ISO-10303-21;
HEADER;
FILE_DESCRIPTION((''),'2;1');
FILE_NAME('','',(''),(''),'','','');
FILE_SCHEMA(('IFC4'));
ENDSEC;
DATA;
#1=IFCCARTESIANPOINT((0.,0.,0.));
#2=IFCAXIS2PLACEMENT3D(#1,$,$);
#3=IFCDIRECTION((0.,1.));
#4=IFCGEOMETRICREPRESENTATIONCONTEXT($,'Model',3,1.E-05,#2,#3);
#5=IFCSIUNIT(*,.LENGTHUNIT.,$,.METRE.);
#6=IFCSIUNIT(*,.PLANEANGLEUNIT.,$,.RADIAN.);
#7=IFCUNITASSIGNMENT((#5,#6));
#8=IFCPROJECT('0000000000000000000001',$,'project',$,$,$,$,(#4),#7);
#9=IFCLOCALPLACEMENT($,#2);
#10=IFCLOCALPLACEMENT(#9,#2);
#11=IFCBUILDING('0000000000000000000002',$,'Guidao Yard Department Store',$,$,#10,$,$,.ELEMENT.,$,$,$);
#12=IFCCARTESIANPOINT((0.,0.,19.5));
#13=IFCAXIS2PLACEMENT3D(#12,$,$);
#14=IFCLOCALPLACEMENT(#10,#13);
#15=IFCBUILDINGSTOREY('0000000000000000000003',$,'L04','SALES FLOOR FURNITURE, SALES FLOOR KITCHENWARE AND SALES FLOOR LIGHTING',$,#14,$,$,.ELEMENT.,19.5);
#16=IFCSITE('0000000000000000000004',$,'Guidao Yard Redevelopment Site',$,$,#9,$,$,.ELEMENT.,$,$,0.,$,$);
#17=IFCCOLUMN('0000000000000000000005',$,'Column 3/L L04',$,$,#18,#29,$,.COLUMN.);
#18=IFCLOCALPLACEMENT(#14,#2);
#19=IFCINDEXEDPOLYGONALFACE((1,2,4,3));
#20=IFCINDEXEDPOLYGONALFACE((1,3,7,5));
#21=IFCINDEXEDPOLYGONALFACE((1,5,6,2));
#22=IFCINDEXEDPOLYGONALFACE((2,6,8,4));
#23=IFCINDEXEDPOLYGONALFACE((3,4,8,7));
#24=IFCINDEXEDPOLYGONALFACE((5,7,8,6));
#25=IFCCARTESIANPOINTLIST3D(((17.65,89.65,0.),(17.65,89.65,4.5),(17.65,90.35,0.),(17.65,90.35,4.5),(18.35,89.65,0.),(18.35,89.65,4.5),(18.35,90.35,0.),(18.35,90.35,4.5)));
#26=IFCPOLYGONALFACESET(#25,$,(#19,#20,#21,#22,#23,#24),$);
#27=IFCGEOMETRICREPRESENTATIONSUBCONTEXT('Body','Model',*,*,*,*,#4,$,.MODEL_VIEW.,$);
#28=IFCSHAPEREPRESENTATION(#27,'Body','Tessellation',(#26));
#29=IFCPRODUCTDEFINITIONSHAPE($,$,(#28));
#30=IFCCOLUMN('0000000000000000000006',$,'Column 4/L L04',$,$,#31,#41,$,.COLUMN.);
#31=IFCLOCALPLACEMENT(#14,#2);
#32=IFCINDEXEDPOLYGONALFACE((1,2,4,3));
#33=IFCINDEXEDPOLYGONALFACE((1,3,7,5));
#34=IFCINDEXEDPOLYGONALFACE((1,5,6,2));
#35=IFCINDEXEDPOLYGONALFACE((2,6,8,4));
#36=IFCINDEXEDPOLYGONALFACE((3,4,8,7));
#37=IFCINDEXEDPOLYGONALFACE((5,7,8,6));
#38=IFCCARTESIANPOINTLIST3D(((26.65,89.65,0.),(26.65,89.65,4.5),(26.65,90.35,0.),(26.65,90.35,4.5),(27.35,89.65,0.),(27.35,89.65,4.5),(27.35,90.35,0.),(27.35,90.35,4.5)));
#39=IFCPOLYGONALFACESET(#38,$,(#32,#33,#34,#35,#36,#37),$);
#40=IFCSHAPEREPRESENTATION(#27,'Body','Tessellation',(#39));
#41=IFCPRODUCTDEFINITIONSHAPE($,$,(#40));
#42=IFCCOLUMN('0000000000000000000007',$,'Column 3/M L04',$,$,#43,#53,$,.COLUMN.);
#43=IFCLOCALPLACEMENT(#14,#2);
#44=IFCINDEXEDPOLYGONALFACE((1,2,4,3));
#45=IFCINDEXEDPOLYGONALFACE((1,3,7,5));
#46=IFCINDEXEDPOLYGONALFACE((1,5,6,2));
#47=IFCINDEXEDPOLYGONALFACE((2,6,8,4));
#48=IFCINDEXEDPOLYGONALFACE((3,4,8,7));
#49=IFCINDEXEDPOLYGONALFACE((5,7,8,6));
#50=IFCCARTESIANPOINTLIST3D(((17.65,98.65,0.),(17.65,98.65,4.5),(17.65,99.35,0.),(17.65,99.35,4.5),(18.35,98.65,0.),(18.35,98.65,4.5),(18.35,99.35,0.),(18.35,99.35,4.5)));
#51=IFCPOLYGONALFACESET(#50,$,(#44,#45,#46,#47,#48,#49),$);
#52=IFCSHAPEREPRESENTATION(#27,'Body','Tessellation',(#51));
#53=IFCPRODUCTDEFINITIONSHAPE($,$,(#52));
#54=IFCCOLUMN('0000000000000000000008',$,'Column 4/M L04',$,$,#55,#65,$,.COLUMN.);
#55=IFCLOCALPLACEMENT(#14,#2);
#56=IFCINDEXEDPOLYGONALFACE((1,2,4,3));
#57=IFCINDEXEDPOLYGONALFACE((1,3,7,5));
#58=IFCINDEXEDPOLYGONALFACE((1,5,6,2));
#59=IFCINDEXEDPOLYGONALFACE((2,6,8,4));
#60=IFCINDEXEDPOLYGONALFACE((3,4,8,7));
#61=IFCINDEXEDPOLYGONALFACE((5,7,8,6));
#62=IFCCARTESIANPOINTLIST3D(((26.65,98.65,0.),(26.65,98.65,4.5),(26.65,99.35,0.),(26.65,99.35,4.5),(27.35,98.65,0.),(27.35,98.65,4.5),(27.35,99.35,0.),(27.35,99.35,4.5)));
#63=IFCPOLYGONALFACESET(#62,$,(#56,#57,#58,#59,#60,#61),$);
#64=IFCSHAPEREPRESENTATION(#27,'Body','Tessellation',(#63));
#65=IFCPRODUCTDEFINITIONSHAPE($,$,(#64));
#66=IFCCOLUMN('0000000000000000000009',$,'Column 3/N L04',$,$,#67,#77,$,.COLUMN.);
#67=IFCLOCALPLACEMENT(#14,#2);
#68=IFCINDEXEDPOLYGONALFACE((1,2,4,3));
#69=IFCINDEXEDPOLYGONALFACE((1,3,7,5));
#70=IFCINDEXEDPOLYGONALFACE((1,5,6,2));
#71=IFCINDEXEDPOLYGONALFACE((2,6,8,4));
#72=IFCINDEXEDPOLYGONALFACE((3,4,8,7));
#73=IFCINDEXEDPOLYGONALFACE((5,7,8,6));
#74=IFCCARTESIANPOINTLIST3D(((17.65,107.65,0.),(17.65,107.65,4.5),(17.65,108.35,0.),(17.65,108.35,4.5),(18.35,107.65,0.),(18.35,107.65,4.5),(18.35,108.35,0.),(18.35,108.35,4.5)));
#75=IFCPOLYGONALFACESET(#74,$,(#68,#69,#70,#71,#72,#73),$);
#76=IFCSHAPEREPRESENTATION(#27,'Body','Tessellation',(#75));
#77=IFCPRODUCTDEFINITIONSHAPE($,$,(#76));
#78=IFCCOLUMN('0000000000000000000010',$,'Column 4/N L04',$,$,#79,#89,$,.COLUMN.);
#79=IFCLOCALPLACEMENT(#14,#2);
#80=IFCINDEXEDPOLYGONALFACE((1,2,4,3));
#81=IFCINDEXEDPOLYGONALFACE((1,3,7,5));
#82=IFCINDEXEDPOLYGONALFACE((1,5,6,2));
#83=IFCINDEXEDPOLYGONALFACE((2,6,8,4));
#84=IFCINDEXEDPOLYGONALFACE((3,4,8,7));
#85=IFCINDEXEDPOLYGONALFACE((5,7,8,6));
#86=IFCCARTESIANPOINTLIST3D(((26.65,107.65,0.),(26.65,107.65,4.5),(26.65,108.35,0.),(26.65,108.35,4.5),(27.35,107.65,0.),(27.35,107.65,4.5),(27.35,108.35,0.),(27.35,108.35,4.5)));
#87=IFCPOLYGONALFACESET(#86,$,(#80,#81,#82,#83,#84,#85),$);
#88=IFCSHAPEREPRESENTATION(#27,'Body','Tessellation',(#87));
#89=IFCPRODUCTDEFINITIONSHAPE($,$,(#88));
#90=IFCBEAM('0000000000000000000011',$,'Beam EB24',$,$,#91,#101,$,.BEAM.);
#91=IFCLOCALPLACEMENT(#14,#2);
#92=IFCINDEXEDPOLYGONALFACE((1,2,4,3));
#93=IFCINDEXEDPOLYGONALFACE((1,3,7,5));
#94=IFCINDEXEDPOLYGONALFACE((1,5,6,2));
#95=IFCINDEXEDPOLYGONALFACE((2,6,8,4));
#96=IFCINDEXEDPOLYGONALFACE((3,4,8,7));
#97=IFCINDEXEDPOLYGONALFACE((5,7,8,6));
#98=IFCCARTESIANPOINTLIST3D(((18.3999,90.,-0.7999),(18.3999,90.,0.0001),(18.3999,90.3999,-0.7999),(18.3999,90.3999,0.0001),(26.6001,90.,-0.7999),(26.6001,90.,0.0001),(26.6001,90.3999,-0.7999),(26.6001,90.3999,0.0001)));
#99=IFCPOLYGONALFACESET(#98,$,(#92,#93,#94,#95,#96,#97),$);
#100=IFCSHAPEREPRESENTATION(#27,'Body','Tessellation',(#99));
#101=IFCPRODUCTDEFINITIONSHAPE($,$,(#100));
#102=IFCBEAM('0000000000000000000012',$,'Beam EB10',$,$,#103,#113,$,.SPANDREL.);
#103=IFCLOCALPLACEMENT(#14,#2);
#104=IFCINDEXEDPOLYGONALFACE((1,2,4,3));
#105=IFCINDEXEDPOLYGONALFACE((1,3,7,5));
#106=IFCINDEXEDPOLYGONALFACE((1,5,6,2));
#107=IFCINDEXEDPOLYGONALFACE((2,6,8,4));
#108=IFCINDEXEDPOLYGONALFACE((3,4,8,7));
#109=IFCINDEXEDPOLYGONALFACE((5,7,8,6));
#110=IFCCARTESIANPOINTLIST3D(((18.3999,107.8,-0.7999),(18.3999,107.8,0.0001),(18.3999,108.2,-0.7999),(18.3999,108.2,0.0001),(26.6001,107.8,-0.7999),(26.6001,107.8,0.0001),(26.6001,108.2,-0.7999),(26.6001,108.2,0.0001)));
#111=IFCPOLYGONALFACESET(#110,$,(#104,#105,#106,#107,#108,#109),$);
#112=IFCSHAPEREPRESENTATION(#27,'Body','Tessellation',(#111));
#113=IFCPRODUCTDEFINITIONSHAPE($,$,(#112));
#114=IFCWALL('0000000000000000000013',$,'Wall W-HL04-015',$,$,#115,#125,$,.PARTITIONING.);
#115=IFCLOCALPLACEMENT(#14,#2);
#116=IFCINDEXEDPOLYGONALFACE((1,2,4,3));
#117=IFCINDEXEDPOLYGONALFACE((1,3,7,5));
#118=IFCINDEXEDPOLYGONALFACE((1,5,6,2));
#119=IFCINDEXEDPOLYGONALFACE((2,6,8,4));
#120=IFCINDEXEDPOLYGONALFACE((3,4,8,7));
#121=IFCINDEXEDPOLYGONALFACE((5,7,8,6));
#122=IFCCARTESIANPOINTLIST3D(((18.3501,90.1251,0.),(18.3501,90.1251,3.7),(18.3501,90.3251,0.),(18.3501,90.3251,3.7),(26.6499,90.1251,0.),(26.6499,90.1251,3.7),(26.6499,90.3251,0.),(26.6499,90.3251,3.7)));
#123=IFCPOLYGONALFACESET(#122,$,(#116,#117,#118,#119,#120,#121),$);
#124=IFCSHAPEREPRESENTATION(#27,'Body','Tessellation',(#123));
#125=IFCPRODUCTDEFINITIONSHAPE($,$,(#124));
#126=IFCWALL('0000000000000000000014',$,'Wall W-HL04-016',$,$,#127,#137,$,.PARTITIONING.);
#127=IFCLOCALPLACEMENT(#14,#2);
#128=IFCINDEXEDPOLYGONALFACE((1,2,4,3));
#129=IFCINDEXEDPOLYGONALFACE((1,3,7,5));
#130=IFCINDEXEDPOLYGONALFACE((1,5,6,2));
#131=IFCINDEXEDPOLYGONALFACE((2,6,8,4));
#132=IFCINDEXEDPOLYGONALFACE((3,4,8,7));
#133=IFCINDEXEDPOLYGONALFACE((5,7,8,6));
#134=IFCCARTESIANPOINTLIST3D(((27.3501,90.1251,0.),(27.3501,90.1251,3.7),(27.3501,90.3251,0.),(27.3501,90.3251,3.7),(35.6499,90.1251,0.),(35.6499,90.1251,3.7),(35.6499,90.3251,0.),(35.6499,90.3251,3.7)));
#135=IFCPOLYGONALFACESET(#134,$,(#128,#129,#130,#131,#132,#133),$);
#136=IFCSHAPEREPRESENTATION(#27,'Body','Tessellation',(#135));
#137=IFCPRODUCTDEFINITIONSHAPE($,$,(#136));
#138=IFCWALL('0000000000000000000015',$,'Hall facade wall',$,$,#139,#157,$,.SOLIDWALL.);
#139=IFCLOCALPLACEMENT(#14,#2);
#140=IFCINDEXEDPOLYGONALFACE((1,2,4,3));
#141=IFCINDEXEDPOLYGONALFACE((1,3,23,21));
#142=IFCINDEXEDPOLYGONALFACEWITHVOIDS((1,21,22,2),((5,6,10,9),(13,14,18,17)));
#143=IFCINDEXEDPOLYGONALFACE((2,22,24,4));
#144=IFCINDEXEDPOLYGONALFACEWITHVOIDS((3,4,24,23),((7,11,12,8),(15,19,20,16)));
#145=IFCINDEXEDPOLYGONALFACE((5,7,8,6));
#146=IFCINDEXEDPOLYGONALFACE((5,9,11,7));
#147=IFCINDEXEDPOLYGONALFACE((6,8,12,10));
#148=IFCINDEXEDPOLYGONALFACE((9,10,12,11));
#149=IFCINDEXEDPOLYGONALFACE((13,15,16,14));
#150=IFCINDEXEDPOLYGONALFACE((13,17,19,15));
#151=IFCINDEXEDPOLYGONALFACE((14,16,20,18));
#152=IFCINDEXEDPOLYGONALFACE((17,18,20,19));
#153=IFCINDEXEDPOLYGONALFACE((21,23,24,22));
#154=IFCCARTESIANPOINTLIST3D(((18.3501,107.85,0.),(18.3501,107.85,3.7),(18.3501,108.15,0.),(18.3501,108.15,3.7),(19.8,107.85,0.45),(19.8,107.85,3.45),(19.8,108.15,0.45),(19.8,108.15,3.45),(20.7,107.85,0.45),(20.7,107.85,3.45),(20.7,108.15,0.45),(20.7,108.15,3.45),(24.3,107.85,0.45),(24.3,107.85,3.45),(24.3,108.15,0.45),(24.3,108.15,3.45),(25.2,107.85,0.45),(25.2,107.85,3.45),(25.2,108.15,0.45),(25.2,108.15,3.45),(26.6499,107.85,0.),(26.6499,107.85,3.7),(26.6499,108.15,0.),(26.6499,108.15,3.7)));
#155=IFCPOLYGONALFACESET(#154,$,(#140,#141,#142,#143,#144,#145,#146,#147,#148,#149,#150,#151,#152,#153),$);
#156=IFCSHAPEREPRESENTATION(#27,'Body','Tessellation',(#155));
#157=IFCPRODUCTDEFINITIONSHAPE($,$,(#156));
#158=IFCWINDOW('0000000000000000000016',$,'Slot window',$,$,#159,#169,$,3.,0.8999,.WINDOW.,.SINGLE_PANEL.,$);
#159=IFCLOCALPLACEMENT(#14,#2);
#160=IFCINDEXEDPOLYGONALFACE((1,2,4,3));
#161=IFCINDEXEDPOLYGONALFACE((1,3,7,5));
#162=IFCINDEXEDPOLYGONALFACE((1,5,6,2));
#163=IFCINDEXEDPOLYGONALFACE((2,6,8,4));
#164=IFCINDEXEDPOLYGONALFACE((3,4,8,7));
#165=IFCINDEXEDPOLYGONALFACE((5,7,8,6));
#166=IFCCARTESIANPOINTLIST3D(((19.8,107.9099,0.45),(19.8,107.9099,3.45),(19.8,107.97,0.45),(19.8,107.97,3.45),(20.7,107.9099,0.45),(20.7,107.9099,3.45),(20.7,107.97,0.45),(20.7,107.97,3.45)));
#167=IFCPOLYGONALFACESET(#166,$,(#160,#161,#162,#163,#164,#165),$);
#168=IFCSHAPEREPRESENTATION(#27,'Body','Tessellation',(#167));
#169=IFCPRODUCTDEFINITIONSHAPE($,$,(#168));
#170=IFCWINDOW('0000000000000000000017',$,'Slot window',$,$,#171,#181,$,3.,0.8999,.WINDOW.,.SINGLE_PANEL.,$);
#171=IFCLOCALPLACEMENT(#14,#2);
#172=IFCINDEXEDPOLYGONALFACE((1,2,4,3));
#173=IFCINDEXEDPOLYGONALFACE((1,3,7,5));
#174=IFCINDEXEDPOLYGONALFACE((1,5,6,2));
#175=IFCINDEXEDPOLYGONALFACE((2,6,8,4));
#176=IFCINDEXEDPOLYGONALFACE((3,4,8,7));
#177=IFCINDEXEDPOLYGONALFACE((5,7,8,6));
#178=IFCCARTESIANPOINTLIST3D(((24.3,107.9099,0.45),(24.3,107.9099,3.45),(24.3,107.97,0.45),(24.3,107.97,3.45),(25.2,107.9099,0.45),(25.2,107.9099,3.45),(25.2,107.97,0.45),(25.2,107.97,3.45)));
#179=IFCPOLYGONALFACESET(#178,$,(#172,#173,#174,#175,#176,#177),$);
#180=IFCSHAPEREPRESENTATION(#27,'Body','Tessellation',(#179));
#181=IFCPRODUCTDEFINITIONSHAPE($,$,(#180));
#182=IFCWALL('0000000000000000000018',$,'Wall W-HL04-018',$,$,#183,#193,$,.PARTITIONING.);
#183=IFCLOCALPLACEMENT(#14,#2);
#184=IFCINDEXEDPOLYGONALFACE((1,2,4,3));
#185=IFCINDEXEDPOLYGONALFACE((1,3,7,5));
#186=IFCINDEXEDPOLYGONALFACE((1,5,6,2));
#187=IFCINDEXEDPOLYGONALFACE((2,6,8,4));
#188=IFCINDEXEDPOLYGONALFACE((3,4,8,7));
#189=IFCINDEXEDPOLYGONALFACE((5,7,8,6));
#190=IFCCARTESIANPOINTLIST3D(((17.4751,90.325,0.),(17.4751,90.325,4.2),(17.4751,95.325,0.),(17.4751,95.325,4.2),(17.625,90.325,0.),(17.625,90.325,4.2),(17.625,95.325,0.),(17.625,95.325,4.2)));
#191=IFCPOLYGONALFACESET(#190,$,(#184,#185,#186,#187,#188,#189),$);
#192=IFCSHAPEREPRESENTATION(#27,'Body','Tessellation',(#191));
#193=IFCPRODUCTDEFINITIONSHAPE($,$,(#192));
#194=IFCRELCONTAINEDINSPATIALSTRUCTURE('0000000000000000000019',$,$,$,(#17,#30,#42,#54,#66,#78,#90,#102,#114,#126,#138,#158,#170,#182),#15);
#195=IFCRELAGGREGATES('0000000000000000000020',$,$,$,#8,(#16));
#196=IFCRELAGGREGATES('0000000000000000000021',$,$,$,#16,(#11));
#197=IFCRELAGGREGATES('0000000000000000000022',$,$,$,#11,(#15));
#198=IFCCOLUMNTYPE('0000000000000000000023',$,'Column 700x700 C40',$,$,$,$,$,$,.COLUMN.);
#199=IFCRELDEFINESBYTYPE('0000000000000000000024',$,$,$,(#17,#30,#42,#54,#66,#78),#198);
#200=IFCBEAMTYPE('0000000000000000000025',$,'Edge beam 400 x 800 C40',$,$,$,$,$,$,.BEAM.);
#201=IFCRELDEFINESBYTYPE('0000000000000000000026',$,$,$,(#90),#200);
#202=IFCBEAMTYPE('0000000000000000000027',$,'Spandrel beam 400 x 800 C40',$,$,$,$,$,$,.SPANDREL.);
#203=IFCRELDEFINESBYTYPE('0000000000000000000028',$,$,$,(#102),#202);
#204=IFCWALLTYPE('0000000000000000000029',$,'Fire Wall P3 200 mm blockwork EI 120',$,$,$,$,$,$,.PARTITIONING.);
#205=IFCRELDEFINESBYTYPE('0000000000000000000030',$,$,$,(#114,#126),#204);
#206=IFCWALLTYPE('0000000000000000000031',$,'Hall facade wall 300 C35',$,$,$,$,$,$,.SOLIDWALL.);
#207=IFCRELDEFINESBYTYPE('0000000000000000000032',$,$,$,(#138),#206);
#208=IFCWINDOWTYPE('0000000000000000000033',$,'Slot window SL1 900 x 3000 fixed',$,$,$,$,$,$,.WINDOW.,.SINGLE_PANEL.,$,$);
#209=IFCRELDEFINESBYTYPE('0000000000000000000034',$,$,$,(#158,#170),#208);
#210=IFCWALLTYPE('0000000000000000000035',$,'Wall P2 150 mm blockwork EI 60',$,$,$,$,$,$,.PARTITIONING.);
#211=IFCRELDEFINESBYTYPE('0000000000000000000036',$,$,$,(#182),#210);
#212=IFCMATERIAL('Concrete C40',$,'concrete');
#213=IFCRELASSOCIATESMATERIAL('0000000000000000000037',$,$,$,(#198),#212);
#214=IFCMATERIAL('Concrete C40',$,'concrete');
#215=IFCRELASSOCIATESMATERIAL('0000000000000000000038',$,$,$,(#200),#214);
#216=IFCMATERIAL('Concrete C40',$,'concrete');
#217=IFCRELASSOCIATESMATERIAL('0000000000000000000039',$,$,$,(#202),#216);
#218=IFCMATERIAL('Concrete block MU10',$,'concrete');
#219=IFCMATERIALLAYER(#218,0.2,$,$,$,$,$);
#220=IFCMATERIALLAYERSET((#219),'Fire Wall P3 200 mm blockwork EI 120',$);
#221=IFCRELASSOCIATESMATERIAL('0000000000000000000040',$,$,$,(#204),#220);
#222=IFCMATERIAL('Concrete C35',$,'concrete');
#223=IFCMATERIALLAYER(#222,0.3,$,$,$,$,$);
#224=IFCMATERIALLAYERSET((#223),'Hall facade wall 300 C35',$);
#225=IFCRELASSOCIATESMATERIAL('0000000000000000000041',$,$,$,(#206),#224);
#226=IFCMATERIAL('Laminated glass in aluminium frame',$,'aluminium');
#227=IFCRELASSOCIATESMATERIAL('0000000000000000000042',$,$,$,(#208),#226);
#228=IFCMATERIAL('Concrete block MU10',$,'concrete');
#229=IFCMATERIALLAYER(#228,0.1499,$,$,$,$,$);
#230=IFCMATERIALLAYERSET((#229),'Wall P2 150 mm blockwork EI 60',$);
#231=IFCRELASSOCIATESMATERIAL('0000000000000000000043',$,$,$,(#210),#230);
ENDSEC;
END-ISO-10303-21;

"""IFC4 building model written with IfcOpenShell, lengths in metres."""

from ifc_helpers import new_model, si_unit, direction, frame, frame_2d, origin, origin_2d, place, context, subcontext, project, spatial, rectangle, extrude, material, layer, layer_set, material_profile, profile_set, type_object, element, fill, save


model = new_model("IFC4")

# Units and contexts
model_context = context("Model", 3, precision=1e-05, world=origin(), true_north=direction((0.0, 1.0)))
body_context = subcontext(model_context, "Body", "Model", "MODEL_VIEW")
ifc_project = project(units=[si_unit("LENGTHUNIT", "METRE"), si_unit("PLANEANGLEUNIT", "RADIAN")], contexts=[model_context])

# Site, building, storey
site_placement = place(None, origin())
site = spatial("IfcSite", under=ifc_project, at=site_placement, Name="Guidao Yard Redevelopment Site", CompositionType="ELEMENT", RefElevation=0.0)
building_placement = place(site_placement, origin())
building = spatial("IfcBuilding", under=site, at=building_placement, Name="Guidao Yard Department Store", CompositionType="ELEMENT")
storey_placement = place(building_placement, frame((0.0, 0.0, 19.5)))
storey = spatial("IfcBuildingStorey", under=building, at=storey_placement, Name="L04", Description="SALES FLOOR FURNITURE, SALES FLOOR KITCHENWARE AND SALES FLOOR LIGHTING", CompositionType="ELEMENT", Elevation=19.5)

# Columns
ifc_material_1 = material(Name="Concrete C40", Category="concrete")
ifc_material_profile_1 = material_profile(ifc_material_1, rectangle(XDim=0.7, YDim=0.7, at=origin_2d()), Name="COL 700x700")
ifc_profile_set_1 = profile_set([ifc_material_profile_1], Name="Concrete C40")
column_type = type_object("IfcColumnType", Name="Column 700x700 C40", PredefinedType="COLUMN", material=ifc_profile_set_1)
for number, where, z_axis, x_axis, name in (
    (1, (18.0, 90.0, 0.0), (0.0, 0.0, 1.0), (1.0, 0.0, 0.0), "Column 3/L L04"),
    (2, (27.0, 90.0, 0.0), (0.0, 0.0, 1.0), (1.0, 0.0, 0.0), "Column 4/L L04"),
    (3, (18.0, 99.0, 0.0), (0.0, 0.0, 1.0), (1.0, 0.0, 0.0), "Column 3/M L04"),
    (4, (27.0, 99.0, 0.0), (0.0, 0.0, 1.0), (1.0, 0.0, 0.0), "Column 4/M L04"),
    (5, (18.0, 108.0, 0.0), (0.0, 0.0, 1.0), (1.0, 0.0, 0.0), "Column 3/N L04"),
    (6, (27.0, 108.0, 0.0), (0.0, 0.0, 1.0), (1.0, 0.0, 0.0), "Column 4/N L04"),
):
    element("IfcColumn", number, at=place(storey_placement, frame(where, z_axis=z_axis, x_axis=x_axis)), inside=storey, type_object=column_type, Name=name, PredefinedType="COLUMN", context=body_context, shape_type="SweptSolid", body=[
        extrude(rectangle(XDim=0.7, YDim=0.7, at=origin_2d()), origin(), (0.0, 0.0, 1.0), 4.5),
    ])

# Beams
ifc_material_2 = material(Name="Concrete C40", Category="concrete")
ifc_material_profile_2 = material_profile(ifc_material_2, rectangle(XDim=0.3999, YDim=0.8, at=origin_2d()), Name="Edge beam 400 x 800 C40")
ifc_profile_set_2 = profile_set([ifc_material_profile_2], Name="Concrete C40")
beam_type_1 = type_object("IfcBeamType", Name="Edge beam 400 x 800 C40", PredefinedType="BEAM", material=ifc_profile_set_2)
beam_1_placement = place(storey_placement, frame((18.3999, 90.2, -0.3999), z_axis=(1.0, 0.0, 0.0), x_axis=(0.0, 1.0, 0.0)))
element("IfcBeam", 7, at=beam_1_placement, inside=storey, type_object=beam_type_1, Name="Beam EB24", PredefinedType="BEAM", context=body_context, shape_type="SweptSolid", body=[
    extrude(rectangle(XDim=0.3999, YDim=0.8, at=origin_2d()), origin(), (0.0, 0.0, 1.0), 8.2002),
])
ifc_material_3 = material(Name="Concrete C40", Category="concrete")
ifc_material_profile_3 = material_profile(ifc_material_3, rectangle(XDim=0.3999, YDim=0.8, at=origin_2d()), Name="Spandrel beam 400 x 800 C40")
ifc_profile_set_3 = profile_set([ifc_material_profile_3], Name="Concrete C40")
beam_type_2 = type_object("IfcBeamType", Name="Spandrel beam 400 x 800 C40", PredefinedType="SPANDREL", material=ifc_profile_set_3)
beam_2_placement = place(storey_placement, frame((18.3999, 108.0, -0.3999), z_axis=(1.0, 0.0, 0.0), x_axis=(0.0, 1.0, 0.0)))
element("IfcBeam", 8, at=beam_2_placement, inside=storey, type_object=beam_type_2, Name="Beam EB10", PredefinedType="SPANDREL", context=body_context, shape_type="SweptSolid", body=[
    extrude(rectangle(XDim=0.3999, YDim=0.8, at=origin_2d()), origin(), (0.0, 0.0, 1.0), 8.2002),
])

# Walls
ifc_material_4 = material(Name="Concrete block MU10", Category="concrete")
ifc_layer_1 = layer(ifc_material_4, 0.2)
ifc_layer_set_1 = layer_set([ifc_layer_1], Name="Fire Wall P3 200 mm blockwork EI 120")
wall_type_1 = type_object("IfcWallType", Name="Fire Wall P3 200 mm blockwork EI 120", PredefinedType="PARTITIONING", material=ifc_layer_set_1)
for number, where, z_axis, x_axis, name in (
    (9, (18.3501, 90.2251, 0.0), (0.0, 0.0, 1.0), (1.0, 0.0, 0.0), "Wall W-HL04-015"),
    (10, (27.3501, 90.2251, 0.0), (0.0, 0.0, 1.0), (1.0, 0.0, 0.0), "Wall W-HL04-016"),
):
    element("IfcWall", number, at=place(storey_placement, frame(where, z_axis=z_axis, x_axis=x_axis)), inside=storey, type_object=wall_type_1, Name=name, PredefinedType="PARTITIONING", context=body_context, shape_type="SweptSolid", body=[
        extrude(rectangle(XDim=8.2998, YDim=0.2, at=frame_2d((4.1499, 0.0))), origin(), (0.0, 0.0, 1.0), 3.7),
    ])

# Wall, openings, windows
ifc_material_5 = material(Name="Concrete C35", Category="concrete")
ifc_layer_2 = layer(ifc_material_5, 0.3)
ifc_layer_set_2 = layer_set([ifc_layer_2], Name="Hall facade wall 300 C35")
wall_type_2 = type_object("IfcWallType", Name="Hall facade wall 300 C35", PredefinedType="SOLIDWALL", material=ifc_layer_set_2)
wall_1_placement = place(storey_placement, frame((18.3501, 108.0, 0.0), z_axis=(0.0, 0.0, 1.0), x_axis=(1.0, 0.0, 0.0)))
wall_1 = element("IfcWall", 11, at=wall_1_placement, inside=storey, type_object=wall_type_2, Name="Hall facade wall", PredefinedType="SOLIDWALL", context=body_context, shape_type="SweptSolid", body=[
    extrude(rectangle(XDim=8.2998, YDim=0.3, at=frame_2d((4.1499, 0.0))), origin(), (0.0, 0.0, 1.0), 3.7),
])
opening_1_placement = place(wall_1_placement, frame((1.45, 0.0, 0.45)))
opening_1 = element("IfcOpeningElement", 12, at=opening_1_placement, cuts=wall_1, PredefinedType="OPENING", context=body_context, shape_type="SweptSolid", body=[
    extrude(rectangle(XDim=0.8999, YDim=3.0, at=frame_2d((0.45, 1.5))), frame((0.0, 0.1599, 0.0), z_axis=(0.0, -1.0, 0.0), x_axis=(1.0, 0.0, 0.0)), (0.0, 0.0, 1.0), 0.3201),
])
opening_2_placement = place(wall_1_placement, frame((5.95, 0.0, 0.45)))
opening_2 = element("IfcOpeningElement", 13, at=opening_2_placement, cuts=wall_1, PredefinedType="OPENING", context=body_context, shape_type="SweptSolid", body=[
    extrude(rectangle(XDim=0.8999, YDim=3.0, at=frame_2d((0.45, 1.5))), frame((0.0, 0.1599, 0.0), z_axis=(0.0, -1.0, 0.0), x_axis=(1.0, 0.0, 0.0)), (0.0, 0.0, 1.0), 0.3201),
])
ifc_material_6 = material(Name="Laminated glass in aluminium frame", Category="aluminium")
window_type = type_object("IfcWindowType", Name="Slot window SL1 900 x 3000 fixed", PartitioningType="SINGLE_PANEL", PredefinedType="WINDOW", material=ifc_material_6)
window_1_placement = place(opening_1_placement, origin())
window_1 = element("IfcWindow", 14, at=window_1_placement, inside=storey, type_object=window_type, Name="Slot window", OverallHeight=3.0, OverallWidth=0.8999, PartitioningType="SINGLE_PANEL", PredefinedType="WINDOW", context=body_context, shape_type="SweptSolid", body=[
    extrude(rectangle(XDim=0.8999, YDim=3.0, at=frame_2d((0.45, 1.5))), frame((0.0, -0.03, 0.0), z_axis=(0.0, -1.0, 0.0), x_axis=(1.0, 0.0, 0.0)), (0.0, 0.0, 1.0), 0.0601),
])
fill(opening_1, window_1)
window_2_placement = place(opening_2_placement, origin())
window_2 = element("IfcWindow", 15, at=window_2_placement, inside=storey, type_object=window_type, Name="Slot window", OverallHeight=3.0, OverallWidth=0.8999, PartitioningType="SINGLE_PANEL", PredefinedType="WINDOW", context=body_context, shape_type="SweptSolid", body=[
    extrude(rectangle(XDim=0.8999, YDim=3.0, at=frame_2d((0.45, 1.5))), frame((0.0, -0.03, 0.0), z_axis=(0.0, -1.0, 0.0), x_axis=(1.0, 0.0, 0.0)), (0.0, 0.0, 1.0), 0.0601),
])
fill(opening_2, window_2)

# Wall
ifc_material_7 = material(Name="Concrete block MU10", Category="concrete")
ifc_layer_3 = layer(ifc_material_7, 0.1499)
ifc_layer_set_3 = layer_set([ifc_layer_3], Name="Wall P2 150 mm blockwork EI 60")
wall_type_3 = type_object("IfcWallType", Name="Wall P2 150 mm blockwork EI 60", PredefinedType="PARTITIONING", material=ifc_layer_set_3)
wall_2_placement = place(storey_placement, frame((17.55, 90.325, 0.0), z_axis=(0.0, 0.0, 1.0), x_axis=(0.0, 1.0, 0.0)))
element("IfcWall", 16, at=wall_2_placement, inside=storey, type_object=wall_type_3, Name="Wall W-HL04-018", PredefinedType="PARTITIONING", context=body_context, shape_type="SweptSolid", body=[
    extrude(rectangle(XDim=5.0, YDim=0.1499, at=frame_2d((2.5, 0.0))), origin(), (0.0, 0.0, 1.0), 4.2),
])

save(model, "model.ifc")
